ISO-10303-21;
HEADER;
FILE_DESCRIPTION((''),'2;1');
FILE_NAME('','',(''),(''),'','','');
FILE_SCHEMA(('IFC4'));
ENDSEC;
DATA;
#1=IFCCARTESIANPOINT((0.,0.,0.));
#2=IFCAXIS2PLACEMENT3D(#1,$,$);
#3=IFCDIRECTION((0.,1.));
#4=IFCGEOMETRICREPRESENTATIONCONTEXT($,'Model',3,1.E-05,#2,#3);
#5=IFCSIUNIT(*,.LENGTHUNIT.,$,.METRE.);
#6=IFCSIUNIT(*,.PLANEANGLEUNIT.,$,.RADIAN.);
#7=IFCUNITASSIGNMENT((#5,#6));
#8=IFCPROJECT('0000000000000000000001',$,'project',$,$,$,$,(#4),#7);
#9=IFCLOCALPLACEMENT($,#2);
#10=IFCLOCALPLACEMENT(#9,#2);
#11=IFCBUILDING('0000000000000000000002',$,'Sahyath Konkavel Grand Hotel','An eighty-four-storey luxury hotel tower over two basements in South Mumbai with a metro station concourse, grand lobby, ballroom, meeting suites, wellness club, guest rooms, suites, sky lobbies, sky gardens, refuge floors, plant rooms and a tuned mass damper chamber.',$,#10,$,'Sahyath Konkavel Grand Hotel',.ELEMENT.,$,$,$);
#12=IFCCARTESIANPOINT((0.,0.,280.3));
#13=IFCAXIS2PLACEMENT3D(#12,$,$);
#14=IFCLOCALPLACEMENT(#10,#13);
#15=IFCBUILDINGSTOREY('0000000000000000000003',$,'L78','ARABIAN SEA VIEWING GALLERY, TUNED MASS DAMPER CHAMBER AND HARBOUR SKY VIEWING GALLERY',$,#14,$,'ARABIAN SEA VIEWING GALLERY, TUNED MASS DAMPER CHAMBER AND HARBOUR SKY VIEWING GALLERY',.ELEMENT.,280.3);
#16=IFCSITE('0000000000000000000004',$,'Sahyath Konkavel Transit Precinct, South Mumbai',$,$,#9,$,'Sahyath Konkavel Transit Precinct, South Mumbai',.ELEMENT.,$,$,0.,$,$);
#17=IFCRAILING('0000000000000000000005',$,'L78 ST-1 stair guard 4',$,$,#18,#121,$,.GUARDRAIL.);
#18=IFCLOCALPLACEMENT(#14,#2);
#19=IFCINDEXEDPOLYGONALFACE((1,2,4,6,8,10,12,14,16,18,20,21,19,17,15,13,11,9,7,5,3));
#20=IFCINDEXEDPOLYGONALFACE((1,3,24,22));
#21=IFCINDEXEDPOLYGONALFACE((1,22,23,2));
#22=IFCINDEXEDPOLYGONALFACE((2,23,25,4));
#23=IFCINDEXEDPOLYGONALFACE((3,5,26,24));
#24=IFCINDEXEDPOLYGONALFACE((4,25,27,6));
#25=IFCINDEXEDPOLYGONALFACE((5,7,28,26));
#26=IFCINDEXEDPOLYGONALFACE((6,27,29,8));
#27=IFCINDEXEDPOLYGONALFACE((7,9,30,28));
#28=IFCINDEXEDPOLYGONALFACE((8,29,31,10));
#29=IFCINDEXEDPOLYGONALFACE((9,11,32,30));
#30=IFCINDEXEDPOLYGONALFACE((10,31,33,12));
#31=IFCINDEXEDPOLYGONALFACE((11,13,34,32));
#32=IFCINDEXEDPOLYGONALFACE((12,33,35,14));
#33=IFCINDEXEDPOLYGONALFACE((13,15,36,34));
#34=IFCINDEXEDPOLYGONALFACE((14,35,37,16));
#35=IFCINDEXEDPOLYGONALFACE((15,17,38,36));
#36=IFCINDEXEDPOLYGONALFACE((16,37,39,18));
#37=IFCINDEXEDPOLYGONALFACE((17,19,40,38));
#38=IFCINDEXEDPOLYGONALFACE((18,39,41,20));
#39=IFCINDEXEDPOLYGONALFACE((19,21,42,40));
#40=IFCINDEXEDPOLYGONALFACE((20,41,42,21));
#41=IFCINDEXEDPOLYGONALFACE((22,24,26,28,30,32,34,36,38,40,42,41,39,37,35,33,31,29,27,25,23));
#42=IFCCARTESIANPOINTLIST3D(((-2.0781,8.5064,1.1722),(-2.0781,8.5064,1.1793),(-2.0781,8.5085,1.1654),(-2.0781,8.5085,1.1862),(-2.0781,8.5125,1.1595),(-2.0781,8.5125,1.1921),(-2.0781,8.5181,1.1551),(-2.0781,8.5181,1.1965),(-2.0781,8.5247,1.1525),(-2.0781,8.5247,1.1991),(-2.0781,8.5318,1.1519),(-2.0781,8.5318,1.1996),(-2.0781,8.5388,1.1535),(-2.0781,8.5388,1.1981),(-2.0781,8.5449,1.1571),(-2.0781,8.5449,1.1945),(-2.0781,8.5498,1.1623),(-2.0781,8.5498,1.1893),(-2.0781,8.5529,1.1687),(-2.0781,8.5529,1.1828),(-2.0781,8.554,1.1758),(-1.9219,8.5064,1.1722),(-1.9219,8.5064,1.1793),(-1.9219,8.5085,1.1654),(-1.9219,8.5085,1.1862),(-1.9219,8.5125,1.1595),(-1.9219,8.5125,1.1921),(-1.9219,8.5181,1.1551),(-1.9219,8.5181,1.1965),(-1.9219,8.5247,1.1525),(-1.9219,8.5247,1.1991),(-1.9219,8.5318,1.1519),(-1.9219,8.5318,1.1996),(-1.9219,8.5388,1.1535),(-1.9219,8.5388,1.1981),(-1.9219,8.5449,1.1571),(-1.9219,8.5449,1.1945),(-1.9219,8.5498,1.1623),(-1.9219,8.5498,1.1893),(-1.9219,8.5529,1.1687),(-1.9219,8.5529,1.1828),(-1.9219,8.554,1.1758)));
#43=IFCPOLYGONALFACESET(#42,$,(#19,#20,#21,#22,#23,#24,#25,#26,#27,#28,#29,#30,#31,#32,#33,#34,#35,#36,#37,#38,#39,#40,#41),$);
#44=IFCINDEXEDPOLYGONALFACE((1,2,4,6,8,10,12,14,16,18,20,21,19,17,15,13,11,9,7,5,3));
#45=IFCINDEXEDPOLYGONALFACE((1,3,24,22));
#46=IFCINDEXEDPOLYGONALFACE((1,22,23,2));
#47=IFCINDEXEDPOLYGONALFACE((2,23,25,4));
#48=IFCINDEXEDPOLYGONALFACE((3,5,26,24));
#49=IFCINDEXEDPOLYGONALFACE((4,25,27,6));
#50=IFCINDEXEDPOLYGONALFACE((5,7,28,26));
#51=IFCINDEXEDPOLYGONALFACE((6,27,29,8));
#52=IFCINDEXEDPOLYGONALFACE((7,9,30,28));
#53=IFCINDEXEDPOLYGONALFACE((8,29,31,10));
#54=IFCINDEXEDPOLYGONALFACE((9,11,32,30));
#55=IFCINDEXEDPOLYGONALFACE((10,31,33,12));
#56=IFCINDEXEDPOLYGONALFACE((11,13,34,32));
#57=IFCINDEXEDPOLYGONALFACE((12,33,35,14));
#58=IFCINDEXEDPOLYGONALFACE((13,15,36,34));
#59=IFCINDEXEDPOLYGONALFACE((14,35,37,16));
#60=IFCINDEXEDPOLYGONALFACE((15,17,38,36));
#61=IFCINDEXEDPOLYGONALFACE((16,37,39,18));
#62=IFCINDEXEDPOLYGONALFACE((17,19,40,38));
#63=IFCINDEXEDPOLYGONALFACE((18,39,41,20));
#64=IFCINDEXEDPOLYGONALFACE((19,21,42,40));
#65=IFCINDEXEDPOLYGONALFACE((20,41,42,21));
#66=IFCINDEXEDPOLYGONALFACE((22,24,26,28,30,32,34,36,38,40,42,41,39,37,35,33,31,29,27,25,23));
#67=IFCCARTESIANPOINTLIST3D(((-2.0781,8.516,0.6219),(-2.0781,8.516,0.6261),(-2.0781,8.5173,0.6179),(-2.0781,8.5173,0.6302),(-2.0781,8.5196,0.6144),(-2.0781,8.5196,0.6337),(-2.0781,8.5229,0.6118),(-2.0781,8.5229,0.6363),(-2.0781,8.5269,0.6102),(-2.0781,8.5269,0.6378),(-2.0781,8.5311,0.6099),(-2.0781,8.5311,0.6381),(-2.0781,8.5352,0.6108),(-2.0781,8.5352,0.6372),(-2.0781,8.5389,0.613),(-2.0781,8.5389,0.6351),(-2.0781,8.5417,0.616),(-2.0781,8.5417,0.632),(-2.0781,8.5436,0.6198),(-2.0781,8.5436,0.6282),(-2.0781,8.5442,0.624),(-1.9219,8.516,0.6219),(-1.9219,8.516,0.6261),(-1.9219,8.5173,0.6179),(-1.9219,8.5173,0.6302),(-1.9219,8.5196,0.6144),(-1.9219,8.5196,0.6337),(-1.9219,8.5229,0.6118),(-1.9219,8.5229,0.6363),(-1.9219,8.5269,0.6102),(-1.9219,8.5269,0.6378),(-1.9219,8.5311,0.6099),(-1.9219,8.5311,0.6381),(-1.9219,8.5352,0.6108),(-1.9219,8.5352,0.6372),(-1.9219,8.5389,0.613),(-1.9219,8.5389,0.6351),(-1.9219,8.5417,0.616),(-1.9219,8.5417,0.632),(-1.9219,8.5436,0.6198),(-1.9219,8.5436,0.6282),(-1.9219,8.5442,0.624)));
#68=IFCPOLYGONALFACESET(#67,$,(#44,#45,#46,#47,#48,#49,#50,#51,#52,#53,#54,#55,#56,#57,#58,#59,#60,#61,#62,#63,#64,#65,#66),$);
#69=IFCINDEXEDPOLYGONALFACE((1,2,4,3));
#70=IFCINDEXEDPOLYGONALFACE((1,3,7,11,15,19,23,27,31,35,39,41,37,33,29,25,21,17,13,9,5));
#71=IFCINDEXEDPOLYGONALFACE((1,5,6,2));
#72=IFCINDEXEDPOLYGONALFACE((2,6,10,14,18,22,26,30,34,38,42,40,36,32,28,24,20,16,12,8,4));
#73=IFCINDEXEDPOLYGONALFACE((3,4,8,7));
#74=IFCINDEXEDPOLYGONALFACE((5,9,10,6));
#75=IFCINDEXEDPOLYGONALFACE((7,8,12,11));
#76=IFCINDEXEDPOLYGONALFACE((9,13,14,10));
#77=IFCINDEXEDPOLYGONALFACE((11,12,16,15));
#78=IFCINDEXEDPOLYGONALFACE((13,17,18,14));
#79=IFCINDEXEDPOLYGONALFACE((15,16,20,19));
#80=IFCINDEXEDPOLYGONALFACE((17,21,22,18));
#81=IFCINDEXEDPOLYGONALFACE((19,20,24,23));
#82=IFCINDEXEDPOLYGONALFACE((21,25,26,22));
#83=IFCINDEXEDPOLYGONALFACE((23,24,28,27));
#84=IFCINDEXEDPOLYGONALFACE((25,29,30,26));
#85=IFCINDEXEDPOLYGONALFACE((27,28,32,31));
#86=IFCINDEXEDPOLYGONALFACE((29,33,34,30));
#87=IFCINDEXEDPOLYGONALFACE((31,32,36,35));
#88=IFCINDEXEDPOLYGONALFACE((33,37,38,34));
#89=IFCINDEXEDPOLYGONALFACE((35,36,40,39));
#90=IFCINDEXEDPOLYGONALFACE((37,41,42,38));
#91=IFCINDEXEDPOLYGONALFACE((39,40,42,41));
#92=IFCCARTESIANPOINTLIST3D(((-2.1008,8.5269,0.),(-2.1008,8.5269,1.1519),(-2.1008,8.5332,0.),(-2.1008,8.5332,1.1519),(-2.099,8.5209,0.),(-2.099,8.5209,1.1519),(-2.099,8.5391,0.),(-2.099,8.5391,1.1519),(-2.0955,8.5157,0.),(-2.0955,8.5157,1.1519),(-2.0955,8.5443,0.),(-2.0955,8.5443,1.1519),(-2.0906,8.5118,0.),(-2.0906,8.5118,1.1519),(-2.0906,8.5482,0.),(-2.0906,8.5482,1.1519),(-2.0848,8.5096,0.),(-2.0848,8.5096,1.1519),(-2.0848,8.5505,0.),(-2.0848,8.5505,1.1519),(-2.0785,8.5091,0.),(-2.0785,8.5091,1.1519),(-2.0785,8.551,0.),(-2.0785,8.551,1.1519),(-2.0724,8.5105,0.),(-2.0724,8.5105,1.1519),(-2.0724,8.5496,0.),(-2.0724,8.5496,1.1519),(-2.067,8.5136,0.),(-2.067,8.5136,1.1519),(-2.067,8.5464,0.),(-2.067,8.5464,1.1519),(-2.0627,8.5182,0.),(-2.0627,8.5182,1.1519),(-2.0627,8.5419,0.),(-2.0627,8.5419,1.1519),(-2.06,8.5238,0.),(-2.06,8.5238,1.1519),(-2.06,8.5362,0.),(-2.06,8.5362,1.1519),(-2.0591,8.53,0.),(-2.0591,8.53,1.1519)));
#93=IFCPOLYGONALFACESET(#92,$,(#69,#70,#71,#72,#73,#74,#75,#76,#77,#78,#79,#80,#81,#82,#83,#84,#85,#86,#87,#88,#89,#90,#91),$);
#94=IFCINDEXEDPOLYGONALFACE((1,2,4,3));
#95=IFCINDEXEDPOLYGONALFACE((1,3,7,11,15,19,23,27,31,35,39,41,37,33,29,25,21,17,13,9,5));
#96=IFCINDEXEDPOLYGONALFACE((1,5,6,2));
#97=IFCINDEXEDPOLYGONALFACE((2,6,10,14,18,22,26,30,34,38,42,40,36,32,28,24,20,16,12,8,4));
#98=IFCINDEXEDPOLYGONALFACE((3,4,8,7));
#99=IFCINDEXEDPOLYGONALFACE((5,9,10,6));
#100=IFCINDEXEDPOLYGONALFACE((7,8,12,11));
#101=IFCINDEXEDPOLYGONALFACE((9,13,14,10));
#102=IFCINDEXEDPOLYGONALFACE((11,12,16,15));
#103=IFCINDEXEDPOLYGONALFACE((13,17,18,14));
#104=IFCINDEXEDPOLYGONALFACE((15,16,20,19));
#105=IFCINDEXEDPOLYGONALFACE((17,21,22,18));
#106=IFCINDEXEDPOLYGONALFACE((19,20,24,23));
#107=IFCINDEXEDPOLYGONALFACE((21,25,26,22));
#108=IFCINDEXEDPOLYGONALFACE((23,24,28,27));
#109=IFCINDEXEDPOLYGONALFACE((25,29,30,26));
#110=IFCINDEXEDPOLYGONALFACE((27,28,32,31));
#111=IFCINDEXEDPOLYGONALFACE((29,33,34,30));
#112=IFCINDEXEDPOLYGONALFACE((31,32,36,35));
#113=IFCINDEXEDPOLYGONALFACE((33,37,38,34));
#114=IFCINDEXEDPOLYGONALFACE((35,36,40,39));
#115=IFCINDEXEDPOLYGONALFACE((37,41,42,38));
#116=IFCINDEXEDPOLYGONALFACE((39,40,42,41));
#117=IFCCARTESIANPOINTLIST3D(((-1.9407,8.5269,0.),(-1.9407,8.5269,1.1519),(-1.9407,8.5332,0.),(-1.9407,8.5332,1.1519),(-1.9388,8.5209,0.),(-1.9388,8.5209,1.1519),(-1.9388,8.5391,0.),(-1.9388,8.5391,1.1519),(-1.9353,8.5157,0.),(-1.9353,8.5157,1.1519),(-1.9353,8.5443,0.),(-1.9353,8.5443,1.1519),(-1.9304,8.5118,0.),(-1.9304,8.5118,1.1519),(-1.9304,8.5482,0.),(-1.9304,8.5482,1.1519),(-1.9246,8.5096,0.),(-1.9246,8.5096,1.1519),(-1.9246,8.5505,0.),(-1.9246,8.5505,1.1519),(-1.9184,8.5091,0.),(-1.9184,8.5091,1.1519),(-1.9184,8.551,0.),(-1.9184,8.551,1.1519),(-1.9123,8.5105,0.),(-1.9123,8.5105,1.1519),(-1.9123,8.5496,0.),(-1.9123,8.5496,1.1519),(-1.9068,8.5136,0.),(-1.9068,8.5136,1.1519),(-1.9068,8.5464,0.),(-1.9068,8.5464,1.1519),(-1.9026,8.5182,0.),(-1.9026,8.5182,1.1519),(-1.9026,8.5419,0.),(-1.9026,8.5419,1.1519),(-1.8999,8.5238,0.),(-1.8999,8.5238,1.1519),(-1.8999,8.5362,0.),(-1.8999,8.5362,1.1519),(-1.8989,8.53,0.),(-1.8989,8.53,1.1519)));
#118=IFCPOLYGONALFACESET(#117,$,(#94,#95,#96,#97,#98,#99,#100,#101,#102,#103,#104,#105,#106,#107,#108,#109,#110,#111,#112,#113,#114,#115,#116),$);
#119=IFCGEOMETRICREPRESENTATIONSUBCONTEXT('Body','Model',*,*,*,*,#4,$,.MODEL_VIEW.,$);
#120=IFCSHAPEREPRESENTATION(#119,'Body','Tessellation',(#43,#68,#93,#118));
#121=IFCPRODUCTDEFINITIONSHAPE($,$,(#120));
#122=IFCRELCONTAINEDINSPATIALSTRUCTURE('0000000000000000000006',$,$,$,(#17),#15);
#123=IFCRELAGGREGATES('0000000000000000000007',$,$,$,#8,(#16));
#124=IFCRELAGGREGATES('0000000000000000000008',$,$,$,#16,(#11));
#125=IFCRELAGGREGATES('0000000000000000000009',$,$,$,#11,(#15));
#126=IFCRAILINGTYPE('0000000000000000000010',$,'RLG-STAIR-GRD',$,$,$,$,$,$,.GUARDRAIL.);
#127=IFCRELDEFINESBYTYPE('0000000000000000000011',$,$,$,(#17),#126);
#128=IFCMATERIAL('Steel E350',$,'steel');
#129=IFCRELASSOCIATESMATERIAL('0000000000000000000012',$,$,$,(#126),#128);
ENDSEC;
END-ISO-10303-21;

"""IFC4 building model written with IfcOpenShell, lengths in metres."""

from ifc_helpers import new_model, si_unit, direction, frame, origin, origin_2d, place, context, subcontext, project, spatial, circle, extrude, material, type_object, element, save


model = new_model("IFC4")

# Units and contexts
model_context = context("Model", 3, precision=1e-05, world=origin(), true_north=direction((0.0, 1.0)))
body_context = subcontext(model_context, "Body", "Model", "MODEL_VIEW")
ifc_project = project(units=[si_unit("LENGTHUNIT", "METRE"), si_unit("PLANEANGLEUNIT", "RADIAN")], contexts=[model_context])

# Site, building, storey
site_placement = place(None, origin())
site = spatial("IfcSite", under=ifc_project, at=site_placement, Name="Sahyath Konkavel Transit Precinct, South Mumbai", LongName="Sahyath Konkavel Transit Precinct, South Mumbai", CompositionType="ELEMENT", RefElevation=0.0)
building_placement = place(site_placement, origin())
building = spatial("IfcBuilding", under=site, at=building_placement, Name="Sahyath Konkavel Grand Hotel", Description="An eighty-four-storey luxury hotel tower over two basements in South Mumbai with a metro station concourse, grand lobby, ballroom, meeting suites, wellness club, guest rooms, suites, sky lobbies, sky gardens, refuge floors, plant rooms and a tuned mass damper chamber.", LongName="Sahyath Konkavel Grand Hotel", CompositionType="ELEMENT")
storey_placement = place(building_placement, frame((0.0, 0.0, 280.3)))
storey = spatial("IfcBuildingStorey", under=building, at=storey_placement, Name="L78", Description="ARABIAN SEA VIEWING GALLERY, TUNED MASS DAMPER CHAMBER AND HARBOUR SKY VIEWING GALLERY", LongName="ARABIAN SEA VIEWING GALLERY, TUNED MASS DAMPER CHAMBER AND HARBOUR SKY VIEWING GALLERY", CompositionType="ELEMENT", Elevation=280.3)

# Shared definitions
ifc_material_1 = material(Name="Steel E350", Category="steel")

# Railing
railing_type_1 = type_object("IfcRailingType", Name="RLG-STAIR-GRD", PredefinedType="GUARDRAIL", material=ifc_material_1)
railing_1_placement = place(storey_placement, frame((-2.0801, 8.53, 0.0)))
element("IfcRailing", 1, at=railing_1_placement, inside=storey, type_object=railing_type_1, Name="L78 ST-1 stair guard 4", PredefinedType="GUARDRAIL", context=body_context, shape_type="SweptSolid", body=[
    extrude(circle(Radius=0.0239, at=origin_2d()), frame((0.002, 0.0, 1.1758), z_axis=(1.0, 0.0, 0.0), x_axis=(0.0, 1.0, 0.0)), (0.0, 0.0, 1.0), 0.1562),
    extrude(circle(Radius=0.0142, at=origin_2d()), frame((0.002, 0.0, 0.624), z_axis=(1.0, 0.0, 0.0), x_axis=(0.0, 1.0, 0.0)), (0.0, 0.0, 1.0), 0.1562),
    extrude(circle(Radius=0.021, at=origin_2d()), origin(), (0.0, 0.0, 1.0), 1.1519),
    extrude(circle(Radius=0.021, at=origin_2d()), frame((0.1602, 0.0, 0.0)), (0.0, 0.0, 1.0), 1.1519),
])

save(model, "model.ifc")
